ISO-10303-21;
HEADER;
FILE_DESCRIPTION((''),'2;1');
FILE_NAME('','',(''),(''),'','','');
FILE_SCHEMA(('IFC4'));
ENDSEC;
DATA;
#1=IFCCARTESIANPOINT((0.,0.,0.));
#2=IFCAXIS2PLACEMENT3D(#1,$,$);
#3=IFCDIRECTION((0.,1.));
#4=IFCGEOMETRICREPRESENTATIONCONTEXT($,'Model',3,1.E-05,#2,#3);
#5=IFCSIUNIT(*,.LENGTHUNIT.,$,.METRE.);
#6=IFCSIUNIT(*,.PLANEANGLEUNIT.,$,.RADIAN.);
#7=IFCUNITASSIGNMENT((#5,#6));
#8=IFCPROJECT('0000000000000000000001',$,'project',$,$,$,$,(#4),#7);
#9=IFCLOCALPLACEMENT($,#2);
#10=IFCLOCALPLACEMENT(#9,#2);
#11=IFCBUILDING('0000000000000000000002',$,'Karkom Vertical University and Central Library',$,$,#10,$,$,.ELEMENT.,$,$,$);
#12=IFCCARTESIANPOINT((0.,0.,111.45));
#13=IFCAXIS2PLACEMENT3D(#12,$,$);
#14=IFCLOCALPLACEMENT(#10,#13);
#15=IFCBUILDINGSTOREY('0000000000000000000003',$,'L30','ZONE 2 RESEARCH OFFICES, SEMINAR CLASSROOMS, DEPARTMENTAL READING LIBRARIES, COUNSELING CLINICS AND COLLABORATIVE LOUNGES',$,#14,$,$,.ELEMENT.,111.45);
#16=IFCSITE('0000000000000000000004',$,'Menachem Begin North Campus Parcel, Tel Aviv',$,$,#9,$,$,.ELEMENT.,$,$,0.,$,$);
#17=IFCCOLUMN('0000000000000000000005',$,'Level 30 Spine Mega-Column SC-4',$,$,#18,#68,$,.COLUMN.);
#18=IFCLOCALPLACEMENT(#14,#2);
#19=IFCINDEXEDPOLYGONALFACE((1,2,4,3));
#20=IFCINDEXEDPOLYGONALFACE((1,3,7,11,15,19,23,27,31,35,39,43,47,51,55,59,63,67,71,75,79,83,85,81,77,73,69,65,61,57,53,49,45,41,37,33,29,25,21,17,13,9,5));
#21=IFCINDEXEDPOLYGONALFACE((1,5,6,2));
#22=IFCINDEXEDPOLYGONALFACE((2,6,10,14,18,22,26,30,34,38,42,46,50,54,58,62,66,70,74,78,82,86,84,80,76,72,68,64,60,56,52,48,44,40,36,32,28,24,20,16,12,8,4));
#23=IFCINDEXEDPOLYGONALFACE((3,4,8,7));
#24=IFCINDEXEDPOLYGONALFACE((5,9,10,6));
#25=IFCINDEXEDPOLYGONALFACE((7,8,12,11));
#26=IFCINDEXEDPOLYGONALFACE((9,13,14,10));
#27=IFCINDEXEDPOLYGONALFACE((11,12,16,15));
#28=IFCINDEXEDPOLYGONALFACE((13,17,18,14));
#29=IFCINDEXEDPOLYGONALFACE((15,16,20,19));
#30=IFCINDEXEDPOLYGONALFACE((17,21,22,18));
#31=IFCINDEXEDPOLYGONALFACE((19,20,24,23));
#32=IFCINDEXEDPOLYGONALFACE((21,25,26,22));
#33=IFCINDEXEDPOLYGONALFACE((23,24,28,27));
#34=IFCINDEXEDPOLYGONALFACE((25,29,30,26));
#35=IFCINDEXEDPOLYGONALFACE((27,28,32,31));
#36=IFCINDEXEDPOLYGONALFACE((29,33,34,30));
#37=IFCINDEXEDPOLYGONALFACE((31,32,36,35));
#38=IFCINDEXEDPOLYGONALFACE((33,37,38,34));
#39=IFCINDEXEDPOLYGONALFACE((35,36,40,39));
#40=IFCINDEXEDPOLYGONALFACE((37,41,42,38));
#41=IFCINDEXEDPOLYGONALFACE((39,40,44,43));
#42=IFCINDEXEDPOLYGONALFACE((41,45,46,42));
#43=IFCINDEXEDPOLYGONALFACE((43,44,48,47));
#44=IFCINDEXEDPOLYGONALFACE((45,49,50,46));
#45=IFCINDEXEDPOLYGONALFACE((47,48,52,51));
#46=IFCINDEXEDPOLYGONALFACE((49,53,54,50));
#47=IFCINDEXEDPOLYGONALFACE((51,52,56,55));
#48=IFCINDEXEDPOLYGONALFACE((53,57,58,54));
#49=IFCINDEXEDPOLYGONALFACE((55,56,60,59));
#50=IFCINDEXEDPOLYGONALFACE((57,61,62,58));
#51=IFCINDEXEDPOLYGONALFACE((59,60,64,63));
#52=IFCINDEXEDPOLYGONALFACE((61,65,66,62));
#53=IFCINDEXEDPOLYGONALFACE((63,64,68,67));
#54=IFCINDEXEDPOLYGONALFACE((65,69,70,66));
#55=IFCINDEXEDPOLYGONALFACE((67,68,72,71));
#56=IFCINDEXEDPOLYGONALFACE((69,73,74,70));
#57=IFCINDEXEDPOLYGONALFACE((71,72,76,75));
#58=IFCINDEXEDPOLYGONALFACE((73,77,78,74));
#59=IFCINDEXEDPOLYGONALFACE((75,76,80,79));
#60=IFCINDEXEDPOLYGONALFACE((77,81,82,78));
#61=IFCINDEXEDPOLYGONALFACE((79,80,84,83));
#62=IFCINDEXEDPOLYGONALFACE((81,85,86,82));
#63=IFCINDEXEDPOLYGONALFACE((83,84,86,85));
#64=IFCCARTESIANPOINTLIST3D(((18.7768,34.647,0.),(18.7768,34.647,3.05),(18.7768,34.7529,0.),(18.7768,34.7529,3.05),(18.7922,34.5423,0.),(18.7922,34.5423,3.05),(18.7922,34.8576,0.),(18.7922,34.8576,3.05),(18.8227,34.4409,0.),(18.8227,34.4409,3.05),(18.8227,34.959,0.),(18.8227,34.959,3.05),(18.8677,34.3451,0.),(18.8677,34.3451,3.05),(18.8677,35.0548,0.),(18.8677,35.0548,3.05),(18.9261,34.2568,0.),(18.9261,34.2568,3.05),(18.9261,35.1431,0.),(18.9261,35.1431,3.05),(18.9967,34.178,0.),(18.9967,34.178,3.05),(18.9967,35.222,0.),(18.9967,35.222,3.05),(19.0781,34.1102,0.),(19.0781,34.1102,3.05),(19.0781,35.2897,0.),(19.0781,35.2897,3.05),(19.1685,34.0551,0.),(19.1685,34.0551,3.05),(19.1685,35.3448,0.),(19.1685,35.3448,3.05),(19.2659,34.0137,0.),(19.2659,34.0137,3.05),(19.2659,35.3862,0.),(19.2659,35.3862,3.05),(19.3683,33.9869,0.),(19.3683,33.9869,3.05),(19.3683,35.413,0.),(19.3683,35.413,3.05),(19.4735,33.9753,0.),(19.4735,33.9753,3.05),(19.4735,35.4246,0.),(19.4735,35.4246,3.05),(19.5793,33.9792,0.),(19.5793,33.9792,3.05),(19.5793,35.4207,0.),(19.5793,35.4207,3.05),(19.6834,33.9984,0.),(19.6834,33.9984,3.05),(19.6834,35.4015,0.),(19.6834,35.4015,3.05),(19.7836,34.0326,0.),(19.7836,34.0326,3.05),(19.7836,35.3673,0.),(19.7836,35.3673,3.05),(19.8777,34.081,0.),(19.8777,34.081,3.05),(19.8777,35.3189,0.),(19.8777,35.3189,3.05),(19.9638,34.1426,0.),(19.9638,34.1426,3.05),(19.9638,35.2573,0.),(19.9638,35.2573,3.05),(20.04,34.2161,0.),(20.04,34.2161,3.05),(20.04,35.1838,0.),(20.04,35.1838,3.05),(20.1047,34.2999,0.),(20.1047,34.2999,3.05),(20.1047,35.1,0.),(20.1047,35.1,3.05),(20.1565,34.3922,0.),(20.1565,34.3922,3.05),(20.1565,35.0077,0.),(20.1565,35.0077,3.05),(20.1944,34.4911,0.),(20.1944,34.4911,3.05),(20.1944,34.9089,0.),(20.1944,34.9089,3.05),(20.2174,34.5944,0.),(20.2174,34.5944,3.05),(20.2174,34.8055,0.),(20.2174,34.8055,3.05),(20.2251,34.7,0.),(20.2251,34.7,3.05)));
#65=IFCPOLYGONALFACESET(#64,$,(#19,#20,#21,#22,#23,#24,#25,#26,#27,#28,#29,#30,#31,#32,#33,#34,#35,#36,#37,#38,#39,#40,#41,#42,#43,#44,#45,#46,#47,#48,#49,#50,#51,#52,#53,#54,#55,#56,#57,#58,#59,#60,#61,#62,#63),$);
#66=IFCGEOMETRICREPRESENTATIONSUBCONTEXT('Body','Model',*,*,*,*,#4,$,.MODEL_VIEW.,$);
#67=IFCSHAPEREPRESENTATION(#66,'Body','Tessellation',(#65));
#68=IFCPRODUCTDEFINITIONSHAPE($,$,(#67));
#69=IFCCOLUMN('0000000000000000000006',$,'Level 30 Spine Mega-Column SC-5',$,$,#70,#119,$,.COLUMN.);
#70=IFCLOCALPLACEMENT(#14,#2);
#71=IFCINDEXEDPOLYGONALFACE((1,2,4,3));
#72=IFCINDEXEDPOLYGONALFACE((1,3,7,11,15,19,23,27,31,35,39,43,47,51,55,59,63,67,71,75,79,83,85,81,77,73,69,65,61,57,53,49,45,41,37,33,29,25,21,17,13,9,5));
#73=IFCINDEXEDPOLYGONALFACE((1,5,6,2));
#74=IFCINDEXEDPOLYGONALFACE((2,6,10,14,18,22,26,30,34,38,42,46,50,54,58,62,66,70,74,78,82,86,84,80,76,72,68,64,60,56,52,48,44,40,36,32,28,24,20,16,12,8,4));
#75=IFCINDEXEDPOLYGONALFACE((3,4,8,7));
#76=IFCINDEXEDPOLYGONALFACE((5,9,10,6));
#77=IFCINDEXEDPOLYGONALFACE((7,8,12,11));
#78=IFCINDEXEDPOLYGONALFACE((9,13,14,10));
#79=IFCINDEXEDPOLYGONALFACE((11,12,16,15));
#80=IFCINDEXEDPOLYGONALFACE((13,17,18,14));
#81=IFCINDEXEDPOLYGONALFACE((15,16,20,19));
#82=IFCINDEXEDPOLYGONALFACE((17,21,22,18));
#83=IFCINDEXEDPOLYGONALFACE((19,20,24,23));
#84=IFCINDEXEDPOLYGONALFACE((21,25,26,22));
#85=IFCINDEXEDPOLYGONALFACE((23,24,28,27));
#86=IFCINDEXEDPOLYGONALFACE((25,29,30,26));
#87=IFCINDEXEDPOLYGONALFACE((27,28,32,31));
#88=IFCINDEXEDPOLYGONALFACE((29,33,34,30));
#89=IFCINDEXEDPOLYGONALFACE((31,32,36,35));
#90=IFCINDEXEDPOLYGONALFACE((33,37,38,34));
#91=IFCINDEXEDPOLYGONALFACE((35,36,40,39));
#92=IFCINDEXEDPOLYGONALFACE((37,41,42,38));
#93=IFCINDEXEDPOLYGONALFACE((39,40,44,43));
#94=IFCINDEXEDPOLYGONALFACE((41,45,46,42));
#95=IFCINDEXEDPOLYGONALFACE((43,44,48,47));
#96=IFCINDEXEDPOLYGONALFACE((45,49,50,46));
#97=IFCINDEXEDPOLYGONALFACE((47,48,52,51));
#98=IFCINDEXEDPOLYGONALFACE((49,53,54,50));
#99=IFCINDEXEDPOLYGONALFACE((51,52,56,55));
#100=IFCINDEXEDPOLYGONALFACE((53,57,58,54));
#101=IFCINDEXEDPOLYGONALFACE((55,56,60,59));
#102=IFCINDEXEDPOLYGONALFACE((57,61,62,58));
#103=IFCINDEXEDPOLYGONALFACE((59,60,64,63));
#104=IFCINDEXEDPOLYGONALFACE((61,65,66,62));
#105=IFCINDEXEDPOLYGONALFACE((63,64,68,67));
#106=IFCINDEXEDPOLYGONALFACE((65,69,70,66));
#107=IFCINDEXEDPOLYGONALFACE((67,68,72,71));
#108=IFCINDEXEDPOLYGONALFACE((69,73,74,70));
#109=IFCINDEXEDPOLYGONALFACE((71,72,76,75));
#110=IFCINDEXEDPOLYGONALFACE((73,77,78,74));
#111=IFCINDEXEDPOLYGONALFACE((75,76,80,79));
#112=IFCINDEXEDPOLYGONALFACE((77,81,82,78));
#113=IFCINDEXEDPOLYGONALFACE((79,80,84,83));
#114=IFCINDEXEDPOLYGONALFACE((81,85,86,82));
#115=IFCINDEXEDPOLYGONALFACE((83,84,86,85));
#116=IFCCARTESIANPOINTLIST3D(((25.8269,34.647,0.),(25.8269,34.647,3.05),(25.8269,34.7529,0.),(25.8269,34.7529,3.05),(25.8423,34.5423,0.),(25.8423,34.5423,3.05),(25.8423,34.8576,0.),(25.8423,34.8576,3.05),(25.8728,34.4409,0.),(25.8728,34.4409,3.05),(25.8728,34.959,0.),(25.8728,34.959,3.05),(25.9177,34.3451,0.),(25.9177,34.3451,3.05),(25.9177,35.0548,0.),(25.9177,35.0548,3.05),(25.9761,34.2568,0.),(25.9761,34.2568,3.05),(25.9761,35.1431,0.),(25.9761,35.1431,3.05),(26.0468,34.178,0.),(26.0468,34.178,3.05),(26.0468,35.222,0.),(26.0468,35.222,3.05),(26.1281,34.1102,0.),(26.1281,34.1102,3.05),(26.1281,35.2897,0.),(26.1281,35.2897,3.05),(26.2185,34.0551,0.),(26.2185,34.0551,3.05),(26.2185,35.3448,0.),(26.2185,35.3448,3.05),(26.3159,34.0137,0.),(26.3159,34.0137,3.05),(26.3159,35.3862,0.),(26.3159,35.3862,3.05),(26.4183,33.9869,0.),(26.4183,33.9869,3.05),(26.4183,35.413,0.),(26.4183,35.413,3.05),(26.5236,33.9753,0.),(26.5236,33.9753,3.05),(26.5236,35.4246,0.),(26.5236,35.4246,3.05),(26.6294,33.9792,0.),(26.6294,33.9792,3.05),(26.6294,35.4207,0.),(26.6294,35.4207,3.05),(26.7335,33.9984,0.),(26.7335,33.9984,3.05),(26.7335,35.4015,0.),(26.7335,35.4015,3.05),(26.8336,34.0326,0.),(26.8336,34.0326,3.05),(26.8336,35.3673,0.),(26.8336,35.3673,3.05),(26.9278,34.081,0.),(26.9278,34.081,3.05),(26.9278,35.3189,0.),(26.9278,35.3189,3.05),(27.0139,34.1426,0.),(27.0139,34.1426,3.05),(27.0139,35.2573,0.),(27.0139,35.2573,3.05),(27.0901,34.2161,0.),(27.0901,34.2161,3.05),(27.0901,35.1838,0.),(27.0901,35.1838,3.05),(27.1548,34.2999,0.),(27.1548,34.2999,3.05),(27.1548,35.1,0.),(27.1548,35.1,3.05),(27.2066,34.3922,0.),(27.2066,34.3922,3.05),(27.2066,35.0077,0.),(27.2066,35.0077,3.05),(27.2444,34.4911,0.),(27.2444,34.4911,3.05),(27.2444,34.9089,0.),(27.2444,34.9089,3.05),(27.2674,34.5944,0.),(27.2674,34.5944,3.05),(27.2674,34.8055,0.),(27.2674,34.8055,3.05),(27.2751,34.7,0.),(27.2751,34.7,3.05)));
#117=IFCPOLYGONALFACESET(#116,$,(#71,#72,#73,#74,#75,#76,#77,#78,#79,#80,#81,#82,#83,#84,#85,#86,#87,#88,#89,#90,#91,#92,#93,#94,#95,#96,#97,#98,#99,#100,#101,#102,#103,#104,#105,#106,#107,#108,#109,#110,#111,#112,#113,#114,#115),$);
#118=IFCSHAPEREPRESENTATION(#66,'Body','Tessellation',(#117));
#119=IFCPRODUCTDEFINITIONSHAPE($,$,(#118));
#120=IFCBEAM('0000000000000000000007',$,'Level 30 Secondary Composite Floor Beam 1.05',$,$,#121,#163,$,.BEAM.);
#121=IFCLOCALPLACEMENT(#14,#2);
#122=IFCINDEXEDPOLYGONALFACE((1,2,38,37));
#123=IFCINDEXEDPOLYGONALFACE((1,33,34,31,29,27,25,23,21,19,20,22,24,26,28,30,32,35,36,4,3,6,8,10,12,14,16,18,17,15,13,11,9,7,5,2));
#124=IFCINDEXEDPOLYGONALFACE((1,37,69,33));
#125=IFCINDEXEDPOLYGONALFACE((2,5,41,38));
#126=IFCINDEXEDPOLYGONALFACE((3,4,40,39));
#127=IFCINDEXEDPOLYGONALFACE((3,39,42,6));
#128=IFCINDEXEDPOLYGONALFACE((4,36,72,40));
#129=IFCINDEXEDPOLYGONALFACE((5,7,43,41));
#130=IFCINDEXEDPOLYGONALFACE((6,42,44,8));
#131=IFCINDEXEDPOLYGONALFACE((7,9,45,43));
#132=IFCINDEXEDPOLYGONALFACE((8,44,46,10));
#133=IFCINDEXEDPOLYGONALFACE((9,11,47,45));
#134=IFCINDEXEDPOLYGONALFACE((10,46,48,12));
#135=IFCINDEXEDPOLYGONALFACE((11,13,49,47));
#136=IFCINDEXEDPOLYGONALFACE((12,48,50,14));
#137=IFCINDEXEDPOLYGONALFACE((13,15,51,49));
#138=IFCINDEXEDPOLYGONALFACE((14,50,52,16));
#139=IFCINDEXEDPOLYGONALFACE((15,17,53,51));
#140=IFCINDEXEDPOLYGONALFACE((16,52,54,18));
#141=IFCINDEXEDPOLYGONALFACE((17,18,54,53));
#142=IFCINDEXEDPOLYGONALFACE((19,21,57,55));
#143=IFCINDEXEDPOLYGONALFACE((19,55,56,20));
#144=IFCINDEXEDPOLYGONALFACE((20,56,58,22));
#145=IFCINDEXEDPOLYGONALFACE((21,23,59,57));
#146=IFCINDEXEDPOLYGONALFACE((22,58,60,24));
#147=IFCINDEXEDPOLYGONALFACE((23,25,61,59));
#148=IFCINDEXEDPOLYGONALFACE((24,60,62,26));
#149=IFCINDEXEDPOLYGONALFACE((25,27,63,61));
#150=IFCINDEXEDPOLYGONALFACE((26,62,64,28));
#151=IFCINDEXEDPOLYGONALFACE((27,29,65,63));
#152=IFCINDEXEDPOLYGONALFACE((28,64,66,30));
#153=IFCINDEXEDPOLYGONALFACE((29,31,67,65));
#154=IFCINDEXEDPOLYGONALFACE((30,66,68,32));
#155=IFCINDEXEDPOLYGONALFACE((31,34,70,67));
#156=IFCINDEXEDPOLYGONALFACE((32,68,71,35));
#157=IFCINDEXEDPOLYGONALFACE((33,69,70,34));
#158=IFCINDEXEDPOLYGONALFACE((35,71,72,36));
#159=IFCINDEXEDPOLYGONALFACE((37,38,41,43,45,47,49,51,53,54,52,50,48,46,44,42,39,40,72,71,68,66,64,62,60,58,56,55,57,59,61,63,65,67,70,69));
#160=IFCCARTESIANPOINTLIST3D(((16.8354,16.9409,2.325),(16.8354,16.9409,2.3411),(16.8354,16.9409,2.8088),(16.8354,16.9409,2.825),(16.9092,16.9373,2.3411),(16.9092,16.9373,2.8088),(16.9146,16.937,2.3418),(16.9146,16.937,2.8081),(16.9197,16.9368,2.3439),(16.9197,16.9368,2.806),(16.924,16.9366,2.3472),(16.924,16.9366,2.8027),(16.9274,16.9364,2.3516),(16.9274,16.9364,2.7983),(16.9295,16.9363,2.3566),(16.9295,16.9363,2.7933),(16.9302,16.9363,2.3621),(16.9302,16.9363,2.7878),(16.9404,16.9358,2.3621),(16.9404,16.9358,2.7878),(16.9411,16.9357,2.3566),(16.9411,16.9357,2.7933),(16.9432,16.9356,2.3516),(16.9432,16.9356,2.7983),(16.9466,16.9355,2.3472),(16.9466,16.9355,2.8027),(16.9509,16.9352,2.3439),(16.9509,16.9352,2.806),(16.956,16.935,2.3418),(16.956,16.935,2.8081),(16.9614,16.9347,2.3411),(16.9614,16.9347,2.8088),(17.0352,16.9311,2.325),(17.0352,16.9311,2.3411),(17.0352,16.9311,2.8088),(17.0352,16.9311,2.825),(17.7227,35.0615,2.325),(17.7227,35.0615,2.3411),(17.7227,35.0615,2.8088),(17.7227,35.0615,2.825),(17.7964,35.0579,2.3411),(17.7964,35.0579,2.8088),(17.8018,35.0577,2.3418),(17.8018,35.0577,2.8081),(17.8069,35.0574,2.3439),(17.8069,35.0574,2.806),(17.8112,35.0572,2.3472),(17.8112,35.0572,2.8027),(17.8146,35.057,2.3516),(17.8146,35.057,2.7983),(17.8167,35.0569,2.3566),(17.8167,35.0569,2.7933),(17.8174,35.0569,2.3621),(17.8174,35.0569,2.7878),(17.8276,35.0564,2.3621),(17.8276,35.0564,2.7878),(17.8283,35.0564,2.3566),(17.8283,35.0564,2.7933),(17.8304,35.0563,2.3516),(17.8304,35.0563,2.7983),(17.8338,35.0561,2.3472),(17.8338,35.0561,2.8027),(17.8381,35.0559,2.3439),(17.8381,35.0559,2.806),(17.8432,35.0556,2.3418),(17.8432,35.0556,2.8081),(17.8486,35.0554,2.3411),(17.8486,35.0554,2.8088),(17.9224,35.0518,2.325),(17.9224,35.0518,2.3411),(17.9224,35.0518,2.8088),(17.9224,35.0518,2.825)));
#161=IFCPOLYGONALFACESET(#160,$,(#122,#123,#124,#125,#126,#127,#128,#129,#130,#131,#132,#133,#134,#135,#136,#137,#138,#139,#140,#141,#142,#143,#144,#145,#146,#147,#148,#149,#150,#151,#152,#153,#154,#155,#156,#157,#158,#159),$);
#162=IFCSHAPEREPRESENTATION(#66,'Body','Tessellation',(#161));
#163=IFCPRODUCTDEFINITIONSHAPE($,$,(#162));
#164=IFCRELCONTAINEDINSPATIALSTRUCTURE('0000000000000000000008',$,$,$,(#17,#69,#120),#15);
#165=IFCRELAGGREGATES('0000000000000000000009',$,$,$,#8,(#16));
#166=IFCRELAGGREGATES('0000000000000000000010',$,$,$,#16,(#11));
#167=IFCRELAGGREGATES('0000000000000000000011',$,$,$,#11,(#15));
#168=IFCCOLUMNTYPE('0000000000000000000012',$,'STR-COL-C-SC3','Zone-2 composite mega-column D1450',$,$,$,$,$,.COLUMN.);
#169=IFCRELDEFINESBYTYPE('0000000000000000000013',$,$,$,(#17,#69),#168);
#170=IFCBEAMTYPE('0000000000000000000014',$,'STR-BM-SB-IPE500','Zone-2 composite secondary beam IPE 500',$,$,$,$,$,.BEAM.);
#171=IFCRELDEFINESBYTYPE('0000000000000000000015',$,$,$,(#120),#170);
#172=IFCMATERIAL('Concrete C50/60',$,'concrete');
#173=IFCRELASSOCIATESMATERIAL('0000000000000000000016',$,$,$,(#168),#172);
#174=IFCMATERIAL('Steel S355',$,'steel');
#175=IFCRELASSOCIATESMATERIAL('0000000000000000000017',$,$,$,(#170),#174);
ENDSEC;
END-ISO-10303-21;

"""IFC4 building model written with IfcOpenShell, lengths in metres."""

from ifc_helpers import new_model, si_unit, direction, frame, origin, origin_with_axes, origin_2d, place, context, subcontext, project, spatial, circle, i_section, extrude, source, transform, mapped, material, material_profile, profile_set, type_object, element, save


model = new_model("IFC4")

# Units and contexts
model_context = context("Model", 3, precision=1e-05, world=origin(), true_north=direction((0.0, 1.0)))
body_context = subcontext(model_context, "Body", "Model", "MODEL_VIEW")
ifc_project = project(units=[si_unit("LENGTHUNIT", "METRE"), si_unit("PLANEANGLEUNIT", "RADIAN")], contexts=[model_context])

# Site, building, storey
site_placement = place(None, origin())
site = spatial("IfcSite", under=ifc_project, at=site_placement, Name="Menachem Begin North Campus Parcel, Tel Aviv", CompositionType="ELEMENT", RefElevation=0.0)
building_placement = place(site_placement, origin())
building = spatial("IfcBuilding", under=site, at=building_placement, Name="Karkom Vertical University and Central Library", CompositionType="ELEMENT")
storey_placement = place(building_placement, frame((0.0, 0.0, 111.45)))
storey = spatial("IfcBuildingStorey", under=building, at=storey_placement, Name="L30", Description="ZONE 2 RESEARCH OFFICES, SEMINAR CLASSROOMS, DEPARTMENTAL READING LIBRARIES, COUNSELING CLINICS AND COLLABORATIVE LOUNGES", CompositionType="ELEMENT", Elevation=111.45)

# Columns
ifc_material_1 = material(Name="Concrete C50/60", Category="concrete")
ifc_material_profile_1 = material_profile(ifc_material_1, circle(Radius=0.7251, at=origin_2d()), Name="CFT-D1450")
ifc_profile_set_1 = profile_set([ifc_material_profile_1], Name="Concrete C50/60")
column_type = type_object("IfcColumnType", Name="STR-COL-C-SC3", Description="Zone-2 composite mega-column D1450", PredefinedType="COLUMN", material=ifc_profile_set_1)
shared_shape_1 = source(origin_with_axes(), body_context, "Body", "SweptSolid", [
    extrude(circle(Radius=0.7251, at=origin_2d()), origin(), (0.0, 0.0, 1.0), 3.05),
])
for number, where, z_axis, x_axis, name in (
    (1, (19.5, 34.7, 0.0), (0.0, 0.0, 1.0), (1.0, 0.0, 0.0), "Level 30 Spine Mega-Column SC-4"),
    (2, (26.55, 34.7, 0.0), (0.0, 0.0, 1.0), (1.0, 0.0, 0.0), "Level 30 Spine Mega-Column SC-5"),
):
    element("IfcColumn", number, at=place(storey_placement, frame(where, z_axis=z_axis, x_axis=x_axis)), inside=storey, type_object=column_type, Name=name, PredefinedType="COLUMN", context=body_context, shape_type="MappedRepresentation", body=[
        mapped(shared_shape_1, transform((0.0, 0.0, 0.0), scale=1.0)),
    ])

# Beam
ifc_material_2 = material(Name="Steel S355", Category="steel")
ifc_material_profile_2 = material_profile(ifc_material_2, i_section(OverallWidth=0.2, OverallDepth=0.5, WebThickness=0.0103, FlangeThickness=0.0161, FilletRadius=0.021, at=origin_2d()), Name="IPE 500")
ifc_profile_set_2 = profile_set([ifc_material_profile_2], Name="Steel S355")
beam_type_1 = type_object("IfcBeamType", Name="STR-BM-SB-IPE500", Description="Zone-2 composite secondary beam IPE 500", PredefinedType="BEAM", material=ifc_profile_set_2)
shared_shape_2 = source(origin_with_axes(), body_context, "Body", "SweptSolid", [
    extrude(i_section(OverallWidth=0.2, OverallDepth=0.5, WebThickness=0.0103, FlangeThickness=0.0161, FilletRadius=0.021, at=origin_2d()), origin(), (0.0, 0.0, 1.0), 18.1423),
])
beam_1_placement = place(storey_placement, frame((17.8225, 35.0566, 2.575), z_axis=(-0.048903, -0.998804, 0.0), x_axis=(0.998804, -0.048903, 0.0)))
element("IfcBeam", 3, at=beam_1_placement, inside=storey, type_object=beam_type_1, Name="Level 30 Secondary Composite Floor Beam 1.05", PredefinedType="BEAM", context=body_context, shape_type="MappedRepresentation", body=[
    mapped(shared_shape_2, transform((0.0, 0.0, 0.0), scale=1.0)),
])

save(model, "model.ifc")
